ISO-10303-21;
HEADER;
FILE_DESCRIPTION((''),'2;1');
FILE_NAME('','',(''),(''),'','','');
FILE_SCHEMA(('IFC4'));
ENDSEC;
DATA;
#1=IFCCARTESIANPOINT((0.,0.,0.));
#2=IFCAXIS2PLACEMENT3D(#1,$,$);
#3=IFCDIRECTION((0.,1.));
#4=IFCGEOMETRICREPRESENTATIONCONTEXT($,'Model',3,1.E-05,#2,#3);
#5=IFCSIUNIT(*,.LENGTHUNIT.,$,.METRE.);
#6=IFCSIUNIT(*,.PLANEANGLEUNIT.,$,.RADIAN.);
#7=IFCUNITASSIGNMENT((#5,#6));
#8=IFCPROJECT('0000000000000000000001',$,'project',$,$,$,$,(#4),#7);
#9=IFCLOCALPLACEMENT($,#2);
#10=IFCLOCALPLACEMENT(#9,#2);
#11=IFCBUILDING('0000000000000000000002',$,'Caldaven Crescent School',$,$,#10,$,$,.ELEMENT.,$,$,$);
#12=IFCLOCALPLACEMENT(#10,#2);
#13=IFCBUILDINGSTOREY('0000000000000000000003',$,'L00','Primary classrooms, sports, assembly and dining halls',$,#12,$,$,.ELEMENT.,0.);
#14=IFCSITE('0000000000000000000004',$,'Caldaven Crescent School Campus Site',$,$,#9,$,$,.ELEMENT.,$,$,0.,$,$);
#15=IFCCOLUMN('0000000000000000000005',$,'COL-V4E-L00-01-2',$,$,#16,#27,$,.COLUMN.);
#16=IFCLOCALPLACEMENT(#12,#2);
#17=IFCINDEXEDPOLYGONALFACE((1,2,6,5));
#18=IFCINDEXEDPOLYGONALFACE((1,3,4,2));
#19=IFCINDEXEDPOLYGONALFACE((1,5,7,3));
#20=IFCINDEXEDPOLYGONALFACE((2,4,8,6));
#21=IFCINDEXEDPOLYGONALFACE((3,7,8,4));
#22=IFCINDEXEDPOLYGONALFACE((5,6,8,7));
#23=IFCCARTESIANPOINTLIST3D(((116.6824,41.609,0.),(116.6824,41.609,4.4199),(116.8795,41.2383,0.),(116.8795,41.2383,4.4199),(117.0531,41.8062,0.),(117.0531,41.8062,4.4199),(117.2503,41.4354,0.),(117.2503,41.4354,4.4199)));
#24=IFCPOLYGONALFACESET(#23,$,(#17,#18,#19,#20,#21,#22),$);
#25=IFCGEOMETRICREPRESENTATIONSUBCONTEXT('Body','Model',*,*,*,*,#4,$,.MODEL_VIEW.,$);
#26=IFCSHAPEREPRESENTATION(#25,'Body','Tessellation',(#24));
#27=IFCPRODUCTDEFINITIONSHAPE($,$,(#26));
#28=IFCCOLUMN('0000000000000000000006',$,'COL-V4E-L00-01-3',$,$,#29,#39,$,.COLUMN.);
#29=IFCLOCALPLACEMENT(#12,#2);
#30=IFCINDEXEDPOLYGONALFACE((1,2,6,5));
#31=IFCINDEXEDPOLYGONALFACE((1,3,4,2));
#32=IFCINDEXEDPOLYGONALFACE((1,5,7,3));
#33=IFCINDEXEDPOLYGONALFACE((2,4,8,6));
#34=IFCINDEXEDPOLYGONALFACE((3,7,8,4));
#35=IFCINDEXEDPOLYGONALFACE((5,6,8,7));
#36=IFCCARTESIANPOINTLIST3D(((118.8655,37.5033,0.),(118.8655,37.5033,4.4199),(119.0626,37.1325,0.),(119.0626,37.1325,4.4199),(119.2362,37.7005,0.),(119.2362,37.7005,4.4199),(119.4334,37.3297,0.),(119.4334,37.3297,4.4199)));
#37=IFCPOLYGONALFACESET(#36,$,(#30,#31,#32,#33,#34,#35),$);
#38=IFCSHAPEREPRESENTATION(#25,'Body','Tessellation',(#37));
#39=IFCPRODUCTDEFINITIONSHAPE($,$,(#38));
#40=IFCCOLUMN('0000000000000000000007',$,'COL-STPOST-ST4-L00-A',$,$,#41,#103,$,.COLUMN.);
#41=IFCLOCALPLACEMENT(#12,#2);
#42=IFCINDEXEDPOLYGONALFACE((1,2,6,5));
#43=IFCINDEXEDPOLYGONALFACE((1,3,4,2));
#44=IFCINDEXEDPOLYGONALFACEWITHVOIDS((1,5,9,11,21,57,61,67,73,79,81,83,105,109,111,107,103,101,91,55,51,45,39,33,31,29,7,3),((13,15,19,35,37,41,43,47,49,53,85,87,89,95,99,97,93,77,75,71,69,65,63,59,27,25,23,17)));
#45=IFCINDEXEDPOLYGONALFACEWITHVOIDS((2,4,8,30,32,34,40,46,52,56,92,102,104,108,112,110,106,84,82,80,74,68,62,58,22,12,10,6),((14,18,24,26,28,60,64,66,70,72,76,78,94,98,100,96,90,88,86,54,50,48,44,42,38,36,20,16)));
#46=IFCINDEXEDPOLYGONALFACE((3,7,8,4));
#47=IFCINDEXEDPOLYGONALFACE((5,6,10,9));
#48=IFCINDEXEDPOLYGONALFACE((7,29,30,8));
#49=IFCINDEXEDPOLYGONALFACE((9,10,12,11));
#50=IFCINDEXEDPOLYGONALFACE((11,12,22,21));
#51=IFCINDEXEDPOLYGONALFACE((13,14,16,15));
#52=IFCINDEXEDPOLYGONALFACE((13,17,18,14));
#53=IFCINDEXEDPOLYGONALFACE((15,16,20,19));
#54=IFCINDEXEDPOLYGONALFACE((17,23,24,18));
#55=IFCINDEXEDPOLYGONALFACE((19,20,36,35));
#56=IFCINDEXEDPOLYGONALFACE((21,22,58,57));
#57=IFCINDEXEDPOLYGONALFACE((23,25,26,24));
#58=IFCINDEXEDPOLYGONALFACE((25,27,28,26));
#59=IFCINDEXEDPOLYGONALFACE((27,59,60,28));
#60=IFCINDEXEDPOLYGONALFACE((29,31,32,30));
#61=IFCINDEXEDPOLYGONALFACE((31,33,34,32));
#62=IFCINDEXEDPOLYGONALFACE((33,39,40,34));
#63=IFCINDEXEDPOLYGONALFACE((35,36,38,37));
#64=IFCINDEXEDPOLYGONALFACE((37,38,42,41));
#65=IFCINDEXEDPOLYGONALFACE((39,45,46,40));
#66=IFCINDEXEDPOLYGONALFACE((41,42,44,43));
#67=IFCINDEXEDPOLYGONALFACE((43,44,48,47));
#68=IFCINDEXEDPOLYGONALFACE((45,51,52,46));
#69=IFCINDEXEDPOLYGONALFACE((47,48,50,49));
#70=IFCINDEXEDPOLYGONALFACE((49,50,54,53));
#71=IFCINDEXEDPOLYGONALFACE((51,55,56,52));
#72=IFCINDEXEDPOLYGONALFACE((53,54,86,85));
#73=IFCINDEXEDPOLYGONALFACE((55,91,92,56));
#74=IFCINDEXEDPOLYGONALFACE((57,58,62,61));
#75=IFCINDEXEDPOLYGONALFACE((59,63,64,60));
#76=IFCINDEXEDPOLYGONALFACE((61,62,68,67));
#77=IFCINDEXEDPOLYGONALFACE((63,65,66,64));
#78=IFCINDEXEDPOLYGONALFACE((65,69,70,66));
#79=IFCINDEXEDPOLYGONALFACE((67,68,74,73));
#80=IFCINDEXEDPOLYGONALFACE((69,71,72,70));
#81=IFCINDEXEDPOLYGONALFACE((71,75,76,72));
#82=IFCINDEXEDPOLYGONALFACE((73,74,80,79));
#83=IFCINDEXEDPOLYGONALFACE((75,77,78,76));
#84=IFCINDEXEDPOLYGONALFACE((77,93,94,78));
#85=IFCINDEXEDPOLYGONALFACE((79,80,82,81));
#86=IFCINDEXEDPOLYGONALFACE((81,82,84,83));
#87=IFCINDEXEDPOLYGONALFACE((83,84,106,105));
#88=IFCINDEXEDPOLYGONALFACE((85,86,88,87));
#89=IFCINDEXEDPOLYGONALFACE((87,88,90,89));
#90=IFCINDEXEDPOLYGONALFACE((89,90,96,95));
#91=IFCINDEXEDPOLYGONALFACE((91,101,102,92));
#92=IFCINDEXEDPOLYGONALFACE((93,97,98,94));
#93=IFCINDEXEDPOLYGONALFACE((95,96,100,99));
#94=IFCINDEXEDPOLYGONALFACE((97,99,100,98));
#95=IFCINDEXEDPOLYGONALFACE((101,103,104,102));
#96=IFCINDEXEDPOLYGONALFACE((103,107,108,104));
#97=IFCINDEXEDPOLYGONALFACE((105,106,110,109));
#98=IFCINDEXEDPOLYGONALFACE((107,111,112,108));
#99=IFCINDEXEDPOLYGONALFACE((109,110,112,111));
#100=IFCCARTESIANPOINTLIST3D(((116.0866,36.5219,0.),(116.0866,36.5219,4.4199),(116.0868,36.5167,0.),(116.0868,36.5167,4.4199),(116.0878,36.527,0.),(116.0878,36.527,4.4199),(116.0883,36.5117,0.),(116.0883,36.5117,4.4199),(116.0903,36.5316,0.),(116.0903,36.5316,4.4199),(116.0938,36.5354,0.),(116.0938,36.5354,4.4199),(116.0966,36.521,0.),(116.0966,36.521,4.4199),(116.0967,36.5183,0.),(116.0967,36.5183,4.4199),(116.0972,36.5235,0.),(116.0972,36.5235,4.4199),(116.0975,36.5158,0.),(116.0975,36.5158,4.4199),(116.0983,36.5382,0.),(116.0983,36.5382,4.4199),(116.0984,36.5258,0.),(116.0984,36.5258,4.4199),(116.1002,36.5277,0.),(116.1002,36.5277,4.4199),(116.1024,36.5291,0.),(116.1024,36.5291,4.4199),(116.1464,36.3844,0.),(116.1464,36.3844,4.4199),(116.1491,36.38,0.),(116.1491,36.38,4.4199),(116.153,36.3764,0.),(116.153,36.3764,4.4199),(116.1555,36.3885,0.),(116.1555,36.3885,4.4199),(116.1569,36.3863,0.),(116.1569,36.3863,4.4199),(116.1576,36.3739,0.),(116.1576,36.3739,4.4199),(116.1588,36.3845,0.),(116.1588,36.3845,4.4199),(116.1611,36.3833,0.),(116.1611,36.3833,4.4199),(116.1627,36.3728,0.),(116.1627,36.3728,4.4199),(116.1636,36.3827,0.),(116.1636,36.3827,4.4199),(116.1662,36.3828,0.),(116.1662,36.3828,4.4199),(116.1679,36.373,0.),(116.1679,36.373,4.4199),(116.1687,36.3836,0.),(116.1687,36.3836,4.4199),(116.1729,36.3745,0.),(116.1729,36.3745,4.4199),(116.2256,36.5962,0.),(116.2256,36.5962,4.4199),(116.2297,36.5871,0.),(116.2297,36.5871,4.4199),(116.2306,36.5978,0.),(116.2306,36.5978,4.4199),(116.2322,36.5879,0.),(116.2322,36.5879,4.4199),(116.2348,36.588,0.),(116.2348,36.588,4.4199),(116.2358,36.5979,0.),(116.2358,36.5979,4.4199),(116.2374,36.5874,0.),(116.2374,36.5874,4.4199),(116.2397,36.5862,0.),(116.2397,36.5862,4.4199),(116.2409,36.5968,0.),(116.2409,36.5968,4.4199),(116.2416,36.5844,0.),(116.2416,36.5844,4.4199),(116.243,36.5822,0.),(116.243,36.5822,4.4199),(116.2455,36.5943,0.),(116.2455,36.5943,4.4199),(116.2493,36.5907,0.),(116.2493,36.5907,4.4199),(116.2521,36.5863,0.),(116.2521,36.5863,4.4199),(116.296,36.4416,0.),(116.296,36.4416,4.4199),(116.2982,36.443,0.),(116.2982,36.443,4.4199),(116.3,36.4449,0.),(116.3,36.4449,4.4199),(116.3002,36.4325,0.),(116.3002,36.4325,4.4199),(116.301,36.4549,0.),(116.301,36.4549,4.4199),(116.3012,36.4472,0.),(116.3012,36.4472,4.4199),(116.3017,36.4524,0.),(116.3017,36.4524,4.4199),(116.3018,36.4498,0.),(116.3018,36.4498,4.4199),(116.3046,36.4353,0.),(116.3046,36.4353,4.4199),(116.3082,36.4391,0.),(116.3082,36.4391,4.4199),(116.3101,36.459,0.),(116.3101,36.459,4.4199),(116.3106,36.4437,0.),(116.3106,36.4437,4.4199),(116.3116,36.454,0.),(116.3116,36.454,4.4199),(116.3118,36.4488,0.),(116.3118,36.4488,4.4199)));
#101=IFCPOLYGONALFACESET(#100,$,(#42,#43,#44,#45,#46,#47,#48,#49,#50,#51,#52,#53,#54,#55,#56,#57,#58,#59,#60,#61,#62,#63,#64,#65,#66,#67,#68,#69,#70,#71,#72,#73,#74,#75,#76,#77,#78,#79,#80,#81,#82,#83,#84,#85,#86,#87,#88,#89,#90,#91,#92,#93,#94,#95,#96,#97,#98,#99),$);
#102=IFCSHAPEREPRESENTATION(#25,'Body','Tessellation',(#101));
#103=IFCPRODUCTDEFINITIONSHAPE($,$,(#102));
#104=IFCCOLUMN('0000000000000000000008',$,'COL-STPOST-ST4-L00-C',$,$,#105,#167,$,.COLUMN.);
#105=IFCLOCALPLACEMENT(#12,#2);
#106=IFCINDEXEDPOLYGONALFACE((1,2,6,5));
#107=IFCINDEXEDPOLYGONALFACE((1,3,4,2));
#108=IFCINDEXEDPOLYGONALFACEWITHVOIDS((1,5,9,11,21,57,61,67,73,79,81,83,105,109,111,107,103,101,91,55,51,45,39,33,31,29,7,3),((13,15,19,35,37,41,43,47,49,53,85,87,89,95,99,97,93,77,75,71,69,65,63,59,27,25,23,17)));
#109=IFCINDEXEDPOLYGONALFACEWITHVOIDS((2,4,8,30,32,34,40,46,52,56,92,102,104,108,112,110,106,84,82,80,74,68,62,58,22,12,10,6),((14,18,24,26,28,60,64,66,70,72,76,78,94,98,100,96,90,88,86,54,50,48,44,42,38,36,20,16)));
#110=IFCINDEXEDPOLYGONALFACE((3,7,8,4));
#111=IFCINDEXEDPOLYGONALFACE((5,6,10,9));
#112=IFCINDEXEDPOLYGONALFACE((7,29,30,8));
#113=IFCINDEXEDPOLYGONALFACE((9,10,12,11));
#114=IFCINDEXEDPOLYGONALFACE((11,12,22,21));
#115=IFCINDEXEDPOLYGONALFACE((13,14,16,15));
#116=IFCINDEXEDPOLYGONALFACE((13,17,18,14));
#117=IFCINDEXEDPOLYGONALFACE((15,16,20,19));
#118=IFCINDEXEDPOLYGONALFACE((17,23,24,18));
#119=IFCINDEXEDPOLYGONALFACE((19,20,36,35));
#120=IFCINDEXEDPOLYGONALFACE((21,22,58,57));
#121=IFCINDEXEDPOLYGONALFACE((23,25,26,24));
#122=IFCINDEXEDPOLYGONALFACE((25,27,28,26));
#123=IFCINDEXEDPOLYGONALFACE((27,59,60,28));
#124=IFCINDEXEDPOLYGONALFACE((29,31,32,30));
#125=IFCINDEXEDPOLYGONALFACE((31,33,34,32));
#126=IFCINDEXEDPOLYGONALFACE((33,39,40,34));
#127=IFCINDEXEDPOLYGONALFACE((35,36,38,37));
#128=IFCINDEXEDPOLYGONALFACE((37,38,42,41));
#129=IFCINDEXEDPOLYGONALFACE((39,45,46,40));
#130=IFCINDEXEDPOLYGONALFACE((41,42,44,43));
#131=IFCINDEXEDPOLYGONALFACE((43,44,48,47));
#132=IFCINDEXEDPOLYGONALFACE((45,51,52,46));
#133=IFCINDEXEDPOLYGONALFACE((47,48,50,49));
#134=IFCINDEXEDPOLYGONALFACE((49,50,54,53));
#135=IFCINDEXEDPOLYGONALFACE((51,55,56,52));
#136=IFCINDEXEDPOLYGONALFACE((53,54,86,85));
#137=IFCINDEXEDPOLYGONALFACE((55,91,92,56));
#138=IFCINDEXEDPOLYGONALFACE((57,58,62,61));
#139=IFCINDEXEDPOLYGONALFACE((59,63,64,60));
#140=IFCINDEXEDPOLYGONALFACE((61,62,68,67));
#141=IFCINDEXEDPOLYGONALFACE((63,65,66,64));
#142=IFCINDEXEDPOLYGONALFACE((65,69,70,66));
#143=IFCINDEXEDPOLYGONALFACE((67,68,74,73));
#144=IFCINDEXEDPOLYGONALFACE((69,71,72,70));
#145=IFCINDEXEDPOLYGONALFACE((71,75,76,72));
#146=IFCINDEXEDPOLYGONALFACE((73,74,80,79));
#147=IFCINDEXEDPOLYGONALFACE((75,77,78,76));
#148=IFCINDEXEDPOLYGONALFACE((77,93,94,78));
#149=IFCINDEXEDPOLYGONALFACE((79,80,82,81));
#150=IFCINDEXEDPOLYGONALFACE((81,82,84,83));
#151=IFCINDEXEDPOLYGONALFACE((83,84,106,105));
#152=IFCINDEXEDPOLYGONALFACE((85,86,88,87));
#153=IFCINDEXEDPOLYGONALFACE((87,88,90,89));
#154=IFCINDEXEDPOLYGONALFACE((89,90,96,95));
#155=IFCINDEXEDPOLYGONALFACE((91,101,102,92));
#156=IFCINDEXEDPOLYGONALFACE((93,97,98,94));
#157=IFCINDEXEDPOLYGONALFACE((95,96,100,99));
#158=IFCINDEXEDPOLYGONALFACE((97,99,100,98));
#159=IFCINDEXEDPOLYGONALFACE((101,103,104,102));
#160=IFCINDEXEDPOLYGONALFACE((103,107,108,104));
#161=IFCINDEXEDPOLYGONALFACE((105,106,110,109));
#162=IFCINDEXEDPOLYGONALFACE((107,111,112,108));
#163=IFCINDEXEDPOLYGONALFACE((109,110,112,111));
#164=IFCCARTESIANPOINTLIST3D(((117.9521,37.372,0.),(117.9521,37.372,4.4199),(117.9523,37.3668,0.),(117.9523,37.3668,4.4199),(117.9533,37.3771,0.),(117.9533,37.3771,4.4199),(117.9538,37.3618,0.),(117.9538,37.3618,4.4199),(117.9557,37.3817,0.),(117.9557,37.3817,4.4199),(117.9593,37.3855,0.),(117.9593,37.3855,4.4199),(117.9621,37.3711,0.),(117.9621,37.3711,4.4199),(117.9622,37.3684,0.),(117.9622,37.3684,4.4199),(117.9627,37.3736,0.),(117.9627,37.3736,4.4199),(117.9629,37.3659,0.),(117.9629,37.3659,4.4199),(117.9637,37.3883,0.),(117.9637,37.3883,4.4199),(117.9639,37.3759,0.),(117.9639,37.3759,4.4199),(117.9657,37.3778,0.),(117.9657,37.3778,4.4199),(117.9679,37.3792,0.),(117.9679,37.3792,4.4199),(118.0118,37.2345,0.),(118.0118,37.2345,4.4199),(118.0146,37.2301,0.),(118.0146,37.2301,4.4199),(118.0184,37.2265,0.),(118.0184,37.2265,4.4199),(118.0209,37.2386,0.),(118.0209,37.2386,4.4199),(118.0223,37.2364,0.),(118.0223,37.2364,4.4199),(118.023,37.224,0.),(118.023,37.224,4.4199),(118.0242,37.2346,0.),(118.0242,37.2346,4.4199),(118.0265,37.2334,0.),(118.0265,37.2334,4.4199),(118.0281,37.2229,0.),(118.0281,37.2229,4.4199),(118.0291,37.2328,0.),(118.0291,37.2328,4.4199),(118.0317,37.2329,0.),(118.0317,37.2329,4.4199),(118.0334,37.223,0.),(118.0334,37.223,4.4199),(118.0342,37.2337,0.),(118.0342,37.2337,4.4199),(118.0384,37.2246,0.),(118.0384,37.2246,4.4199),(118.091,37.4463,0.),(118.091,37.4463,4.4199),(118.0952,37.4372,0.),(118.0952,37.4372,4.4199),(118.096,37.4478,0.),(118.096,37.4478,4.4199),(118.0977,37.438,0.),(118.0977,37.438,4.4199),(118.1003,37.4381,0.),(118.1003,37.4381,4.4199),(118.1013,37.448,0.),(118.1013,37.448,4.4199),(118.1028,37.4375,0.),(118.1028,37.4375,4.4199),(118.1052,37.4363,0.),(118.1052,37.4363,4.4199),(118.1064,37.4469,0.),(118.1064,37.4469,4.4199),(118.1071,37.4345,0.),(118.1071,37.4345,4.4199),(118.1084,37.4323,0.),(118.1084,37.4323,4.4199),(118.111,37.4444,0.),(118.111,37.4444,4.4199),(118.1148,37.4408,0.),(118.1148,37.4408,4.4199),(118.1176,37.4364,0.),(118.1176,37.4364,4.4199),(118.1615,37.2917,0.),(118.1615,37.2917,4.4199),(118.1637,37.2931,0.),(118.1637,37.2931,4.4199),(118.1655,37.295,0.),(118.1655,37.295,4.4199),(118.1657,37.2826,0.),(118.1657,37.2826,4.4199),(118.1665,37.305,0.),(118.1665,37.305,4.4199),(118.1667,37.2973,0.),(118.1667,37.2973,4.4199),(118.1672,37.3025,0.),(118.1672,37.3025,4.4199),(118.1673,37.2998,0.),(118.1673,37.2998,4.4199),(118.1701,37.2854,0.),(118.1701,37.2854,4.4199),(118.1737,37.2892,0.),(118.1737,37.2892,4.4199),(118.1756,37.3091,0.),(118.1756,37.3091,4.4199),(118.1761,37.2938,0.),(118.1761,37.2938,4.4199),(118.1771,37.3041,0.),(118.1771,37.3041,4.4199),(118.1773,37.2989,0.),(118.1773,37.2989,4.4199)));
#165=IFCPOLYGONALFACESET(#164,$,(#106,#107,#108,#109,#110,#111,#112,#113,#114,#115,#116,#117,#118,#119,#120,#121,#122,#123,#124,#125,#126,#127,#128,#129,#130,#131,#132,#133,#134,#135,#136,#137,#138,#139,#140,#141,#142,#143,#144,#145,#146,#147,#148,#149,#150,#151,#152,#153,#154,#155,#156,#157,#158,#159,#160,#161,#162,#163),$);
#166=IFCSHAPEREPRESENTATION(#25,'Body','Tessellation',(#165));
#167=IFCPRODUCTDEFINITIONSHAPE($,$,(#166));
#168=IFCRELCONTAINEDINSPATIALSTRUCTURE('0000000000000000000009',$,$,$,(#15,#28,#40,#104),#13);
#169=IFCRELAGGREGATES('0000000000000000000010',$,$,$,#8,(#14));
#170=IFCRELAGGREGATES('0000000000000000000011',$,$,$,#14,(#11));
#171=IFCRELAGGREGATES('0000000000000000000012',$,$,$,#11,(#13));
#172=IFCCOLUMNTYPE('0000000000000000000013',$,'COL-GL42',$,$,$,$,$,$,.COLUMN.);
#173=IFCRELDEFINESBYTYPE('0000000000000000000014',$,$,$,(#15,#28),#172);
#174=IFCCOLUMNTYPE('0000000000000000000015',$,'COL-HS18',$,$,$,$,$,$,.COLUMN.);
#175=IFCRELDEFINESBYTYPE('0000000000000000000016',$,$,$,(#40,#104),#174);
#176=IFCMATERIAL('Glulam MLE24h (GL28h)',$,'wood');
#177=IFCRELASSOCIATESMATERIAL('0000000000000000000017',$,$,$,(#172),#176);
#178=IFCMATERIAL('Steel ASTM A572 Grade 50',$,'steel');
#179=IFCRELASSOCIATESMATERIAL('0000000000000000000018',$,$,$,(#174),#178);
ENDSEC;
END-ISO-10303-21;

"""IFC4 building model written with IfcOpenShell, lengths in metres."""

from ifc_helpers import new_model, si_unit, direction, frame, origin, origin_2d, place, context, subcontext, project, spatial, rectangle, hollow_rectangle, extrude, material, material_profile, profile_set, type_object, element, save


model = new_model("IFC4")

# Units and contexts
model_context = context("Model", 3, precision=1e-05, world=origin(), true_north=direction((0.0, 1.0)))
body_context = subcontext(model_context, "Body", "Model", "MODEL_VIEW")
ifc_project = project(units=[si_unit("LENGTHUNIT", "METRE"), si_unit("PLANEANGLEUNIT", "RADIAN")], contexts=[model_context])

# Site, building, storey
site_placement = place(None, origin())
site = spatial("IfcSite", under=ifc_project, at=site_placement, Name="Caldaven Crescent School Campus Site", CompositionType="ELEMENT", RefElevation=0.0)
building_placement = place(site_placement, origin())
building = spatial("IfcBuilding", under=site, at=building_placement, Name="Caldaven Crescent School", CompositionType="ELEMENT")
storey_placement = place(building_placement, origin())
storey = spatial("IfcBuildingStorey", under=building, at=storey_placement, Name="L00", Description="Primary classrooms, sports, assembly and dining halls", CompositionType="ELEMENT", Elevation=0.0)

# Columns
ifc_material_1 = material(Name="Glulam MLE24h (GL28h)", Category="wood")
ifc_material_profile_1 = material_profile(ifc_material_1, rectangle(XDim=0.4199, YDim=0.4199, at=origin_2d()), Name="MLE 420x420")
ifc_profile_set_1 = profile_set([ifc_material_profile_1], Name="Glulam MLE24h (GL28h)")
column_type_1 = type_object("IfcColumnType", Name="COL-GL42", PredefinedType="COLUMN", material=ifc_profile_set_1)
for number, where, z_axis, x_axis, name in (
    (1, (116.9663, 41.5222, 0.0), (0.0, 0.0, 1.0), (0.469472, -0.882948, 0.0), "COL-V4E-L00-01-2"),
    (2, (119.1494, 37.4165, 0.0), (0.0, 0.0, 1.0), (0.469472, -0.882948, 0.0), "COL-V4E-L00-01-3"),
):
    element("IfcColumn", number, at=place(storey_placement, frame(where, z_axis=z_axis, x_axis=x_axis)), inside=storey, type_object=column_type_1, Name=name, PredefinedType="COLUMN", context=body_context, shape_type="SweptSolid", body=[
        extrude(rectangle(XDim=0.4199, YDim=0.4199, at=origin_2d()), origin(), (0.0, 0.0, 1.0), 4.4199),
    ])
ifc_material_2 = material(Name="Steel ASTM A572 Grade 50", Category="steel")
ifc_material_profile_2 = material_profile(ifc_material_2, hollow_rectangle(XDim=0.1799, YDim=0.1799, WallThickness=0.01, InnerFilletRadius=0.01, OuterFilletRadius=0.02, at=origin_2d()), Name="HSS 180x180x10")
ifc_profile_set_2 = profile_set([ifc_material_profile_2], Name="Steel ASTM A572 Grade 50")
column_type_2 = type_object("IfcColumnType", Name="COL-HS18", PredefinedType="COLUMN", material=ifc_profile_set_2)
for number, where, z_axis, x_axis, name in (
    (3, (116.1992, 36.4854, 0.0), (0.0, 0.0, 1.0), (0.909961, 0.414693, 0.0), "COL-STPOST-ST4-L00-A"),
    (4, (118.0647, 37.3354, 0.0), (0.0, 0.0, 1.0), (0.909961, 0.414693, 0.0), "COL-STPOST-ST4-L00-C"),
):
    element("IfcColumn", number, at=place(storey_placement, frame(where, z_axis=z_axis, x_axis=x_axis)), inside=storey, type_object=column_type_2, Name=name, PredefinedType="COLUMN", context=body_context, shape_type="SweptSolid", body=[
        extrude(hollow_rectangle(XDim=0.1799, YDim=0.1799, WallThickness=0.01, InnerFilletRadius=0.01, OuterFilletRadius=0.02, at=origin_2d()), origin(), (0.0, 0.0, 1.0), 4.4199),
    ])

save(model, "model.ifc")
